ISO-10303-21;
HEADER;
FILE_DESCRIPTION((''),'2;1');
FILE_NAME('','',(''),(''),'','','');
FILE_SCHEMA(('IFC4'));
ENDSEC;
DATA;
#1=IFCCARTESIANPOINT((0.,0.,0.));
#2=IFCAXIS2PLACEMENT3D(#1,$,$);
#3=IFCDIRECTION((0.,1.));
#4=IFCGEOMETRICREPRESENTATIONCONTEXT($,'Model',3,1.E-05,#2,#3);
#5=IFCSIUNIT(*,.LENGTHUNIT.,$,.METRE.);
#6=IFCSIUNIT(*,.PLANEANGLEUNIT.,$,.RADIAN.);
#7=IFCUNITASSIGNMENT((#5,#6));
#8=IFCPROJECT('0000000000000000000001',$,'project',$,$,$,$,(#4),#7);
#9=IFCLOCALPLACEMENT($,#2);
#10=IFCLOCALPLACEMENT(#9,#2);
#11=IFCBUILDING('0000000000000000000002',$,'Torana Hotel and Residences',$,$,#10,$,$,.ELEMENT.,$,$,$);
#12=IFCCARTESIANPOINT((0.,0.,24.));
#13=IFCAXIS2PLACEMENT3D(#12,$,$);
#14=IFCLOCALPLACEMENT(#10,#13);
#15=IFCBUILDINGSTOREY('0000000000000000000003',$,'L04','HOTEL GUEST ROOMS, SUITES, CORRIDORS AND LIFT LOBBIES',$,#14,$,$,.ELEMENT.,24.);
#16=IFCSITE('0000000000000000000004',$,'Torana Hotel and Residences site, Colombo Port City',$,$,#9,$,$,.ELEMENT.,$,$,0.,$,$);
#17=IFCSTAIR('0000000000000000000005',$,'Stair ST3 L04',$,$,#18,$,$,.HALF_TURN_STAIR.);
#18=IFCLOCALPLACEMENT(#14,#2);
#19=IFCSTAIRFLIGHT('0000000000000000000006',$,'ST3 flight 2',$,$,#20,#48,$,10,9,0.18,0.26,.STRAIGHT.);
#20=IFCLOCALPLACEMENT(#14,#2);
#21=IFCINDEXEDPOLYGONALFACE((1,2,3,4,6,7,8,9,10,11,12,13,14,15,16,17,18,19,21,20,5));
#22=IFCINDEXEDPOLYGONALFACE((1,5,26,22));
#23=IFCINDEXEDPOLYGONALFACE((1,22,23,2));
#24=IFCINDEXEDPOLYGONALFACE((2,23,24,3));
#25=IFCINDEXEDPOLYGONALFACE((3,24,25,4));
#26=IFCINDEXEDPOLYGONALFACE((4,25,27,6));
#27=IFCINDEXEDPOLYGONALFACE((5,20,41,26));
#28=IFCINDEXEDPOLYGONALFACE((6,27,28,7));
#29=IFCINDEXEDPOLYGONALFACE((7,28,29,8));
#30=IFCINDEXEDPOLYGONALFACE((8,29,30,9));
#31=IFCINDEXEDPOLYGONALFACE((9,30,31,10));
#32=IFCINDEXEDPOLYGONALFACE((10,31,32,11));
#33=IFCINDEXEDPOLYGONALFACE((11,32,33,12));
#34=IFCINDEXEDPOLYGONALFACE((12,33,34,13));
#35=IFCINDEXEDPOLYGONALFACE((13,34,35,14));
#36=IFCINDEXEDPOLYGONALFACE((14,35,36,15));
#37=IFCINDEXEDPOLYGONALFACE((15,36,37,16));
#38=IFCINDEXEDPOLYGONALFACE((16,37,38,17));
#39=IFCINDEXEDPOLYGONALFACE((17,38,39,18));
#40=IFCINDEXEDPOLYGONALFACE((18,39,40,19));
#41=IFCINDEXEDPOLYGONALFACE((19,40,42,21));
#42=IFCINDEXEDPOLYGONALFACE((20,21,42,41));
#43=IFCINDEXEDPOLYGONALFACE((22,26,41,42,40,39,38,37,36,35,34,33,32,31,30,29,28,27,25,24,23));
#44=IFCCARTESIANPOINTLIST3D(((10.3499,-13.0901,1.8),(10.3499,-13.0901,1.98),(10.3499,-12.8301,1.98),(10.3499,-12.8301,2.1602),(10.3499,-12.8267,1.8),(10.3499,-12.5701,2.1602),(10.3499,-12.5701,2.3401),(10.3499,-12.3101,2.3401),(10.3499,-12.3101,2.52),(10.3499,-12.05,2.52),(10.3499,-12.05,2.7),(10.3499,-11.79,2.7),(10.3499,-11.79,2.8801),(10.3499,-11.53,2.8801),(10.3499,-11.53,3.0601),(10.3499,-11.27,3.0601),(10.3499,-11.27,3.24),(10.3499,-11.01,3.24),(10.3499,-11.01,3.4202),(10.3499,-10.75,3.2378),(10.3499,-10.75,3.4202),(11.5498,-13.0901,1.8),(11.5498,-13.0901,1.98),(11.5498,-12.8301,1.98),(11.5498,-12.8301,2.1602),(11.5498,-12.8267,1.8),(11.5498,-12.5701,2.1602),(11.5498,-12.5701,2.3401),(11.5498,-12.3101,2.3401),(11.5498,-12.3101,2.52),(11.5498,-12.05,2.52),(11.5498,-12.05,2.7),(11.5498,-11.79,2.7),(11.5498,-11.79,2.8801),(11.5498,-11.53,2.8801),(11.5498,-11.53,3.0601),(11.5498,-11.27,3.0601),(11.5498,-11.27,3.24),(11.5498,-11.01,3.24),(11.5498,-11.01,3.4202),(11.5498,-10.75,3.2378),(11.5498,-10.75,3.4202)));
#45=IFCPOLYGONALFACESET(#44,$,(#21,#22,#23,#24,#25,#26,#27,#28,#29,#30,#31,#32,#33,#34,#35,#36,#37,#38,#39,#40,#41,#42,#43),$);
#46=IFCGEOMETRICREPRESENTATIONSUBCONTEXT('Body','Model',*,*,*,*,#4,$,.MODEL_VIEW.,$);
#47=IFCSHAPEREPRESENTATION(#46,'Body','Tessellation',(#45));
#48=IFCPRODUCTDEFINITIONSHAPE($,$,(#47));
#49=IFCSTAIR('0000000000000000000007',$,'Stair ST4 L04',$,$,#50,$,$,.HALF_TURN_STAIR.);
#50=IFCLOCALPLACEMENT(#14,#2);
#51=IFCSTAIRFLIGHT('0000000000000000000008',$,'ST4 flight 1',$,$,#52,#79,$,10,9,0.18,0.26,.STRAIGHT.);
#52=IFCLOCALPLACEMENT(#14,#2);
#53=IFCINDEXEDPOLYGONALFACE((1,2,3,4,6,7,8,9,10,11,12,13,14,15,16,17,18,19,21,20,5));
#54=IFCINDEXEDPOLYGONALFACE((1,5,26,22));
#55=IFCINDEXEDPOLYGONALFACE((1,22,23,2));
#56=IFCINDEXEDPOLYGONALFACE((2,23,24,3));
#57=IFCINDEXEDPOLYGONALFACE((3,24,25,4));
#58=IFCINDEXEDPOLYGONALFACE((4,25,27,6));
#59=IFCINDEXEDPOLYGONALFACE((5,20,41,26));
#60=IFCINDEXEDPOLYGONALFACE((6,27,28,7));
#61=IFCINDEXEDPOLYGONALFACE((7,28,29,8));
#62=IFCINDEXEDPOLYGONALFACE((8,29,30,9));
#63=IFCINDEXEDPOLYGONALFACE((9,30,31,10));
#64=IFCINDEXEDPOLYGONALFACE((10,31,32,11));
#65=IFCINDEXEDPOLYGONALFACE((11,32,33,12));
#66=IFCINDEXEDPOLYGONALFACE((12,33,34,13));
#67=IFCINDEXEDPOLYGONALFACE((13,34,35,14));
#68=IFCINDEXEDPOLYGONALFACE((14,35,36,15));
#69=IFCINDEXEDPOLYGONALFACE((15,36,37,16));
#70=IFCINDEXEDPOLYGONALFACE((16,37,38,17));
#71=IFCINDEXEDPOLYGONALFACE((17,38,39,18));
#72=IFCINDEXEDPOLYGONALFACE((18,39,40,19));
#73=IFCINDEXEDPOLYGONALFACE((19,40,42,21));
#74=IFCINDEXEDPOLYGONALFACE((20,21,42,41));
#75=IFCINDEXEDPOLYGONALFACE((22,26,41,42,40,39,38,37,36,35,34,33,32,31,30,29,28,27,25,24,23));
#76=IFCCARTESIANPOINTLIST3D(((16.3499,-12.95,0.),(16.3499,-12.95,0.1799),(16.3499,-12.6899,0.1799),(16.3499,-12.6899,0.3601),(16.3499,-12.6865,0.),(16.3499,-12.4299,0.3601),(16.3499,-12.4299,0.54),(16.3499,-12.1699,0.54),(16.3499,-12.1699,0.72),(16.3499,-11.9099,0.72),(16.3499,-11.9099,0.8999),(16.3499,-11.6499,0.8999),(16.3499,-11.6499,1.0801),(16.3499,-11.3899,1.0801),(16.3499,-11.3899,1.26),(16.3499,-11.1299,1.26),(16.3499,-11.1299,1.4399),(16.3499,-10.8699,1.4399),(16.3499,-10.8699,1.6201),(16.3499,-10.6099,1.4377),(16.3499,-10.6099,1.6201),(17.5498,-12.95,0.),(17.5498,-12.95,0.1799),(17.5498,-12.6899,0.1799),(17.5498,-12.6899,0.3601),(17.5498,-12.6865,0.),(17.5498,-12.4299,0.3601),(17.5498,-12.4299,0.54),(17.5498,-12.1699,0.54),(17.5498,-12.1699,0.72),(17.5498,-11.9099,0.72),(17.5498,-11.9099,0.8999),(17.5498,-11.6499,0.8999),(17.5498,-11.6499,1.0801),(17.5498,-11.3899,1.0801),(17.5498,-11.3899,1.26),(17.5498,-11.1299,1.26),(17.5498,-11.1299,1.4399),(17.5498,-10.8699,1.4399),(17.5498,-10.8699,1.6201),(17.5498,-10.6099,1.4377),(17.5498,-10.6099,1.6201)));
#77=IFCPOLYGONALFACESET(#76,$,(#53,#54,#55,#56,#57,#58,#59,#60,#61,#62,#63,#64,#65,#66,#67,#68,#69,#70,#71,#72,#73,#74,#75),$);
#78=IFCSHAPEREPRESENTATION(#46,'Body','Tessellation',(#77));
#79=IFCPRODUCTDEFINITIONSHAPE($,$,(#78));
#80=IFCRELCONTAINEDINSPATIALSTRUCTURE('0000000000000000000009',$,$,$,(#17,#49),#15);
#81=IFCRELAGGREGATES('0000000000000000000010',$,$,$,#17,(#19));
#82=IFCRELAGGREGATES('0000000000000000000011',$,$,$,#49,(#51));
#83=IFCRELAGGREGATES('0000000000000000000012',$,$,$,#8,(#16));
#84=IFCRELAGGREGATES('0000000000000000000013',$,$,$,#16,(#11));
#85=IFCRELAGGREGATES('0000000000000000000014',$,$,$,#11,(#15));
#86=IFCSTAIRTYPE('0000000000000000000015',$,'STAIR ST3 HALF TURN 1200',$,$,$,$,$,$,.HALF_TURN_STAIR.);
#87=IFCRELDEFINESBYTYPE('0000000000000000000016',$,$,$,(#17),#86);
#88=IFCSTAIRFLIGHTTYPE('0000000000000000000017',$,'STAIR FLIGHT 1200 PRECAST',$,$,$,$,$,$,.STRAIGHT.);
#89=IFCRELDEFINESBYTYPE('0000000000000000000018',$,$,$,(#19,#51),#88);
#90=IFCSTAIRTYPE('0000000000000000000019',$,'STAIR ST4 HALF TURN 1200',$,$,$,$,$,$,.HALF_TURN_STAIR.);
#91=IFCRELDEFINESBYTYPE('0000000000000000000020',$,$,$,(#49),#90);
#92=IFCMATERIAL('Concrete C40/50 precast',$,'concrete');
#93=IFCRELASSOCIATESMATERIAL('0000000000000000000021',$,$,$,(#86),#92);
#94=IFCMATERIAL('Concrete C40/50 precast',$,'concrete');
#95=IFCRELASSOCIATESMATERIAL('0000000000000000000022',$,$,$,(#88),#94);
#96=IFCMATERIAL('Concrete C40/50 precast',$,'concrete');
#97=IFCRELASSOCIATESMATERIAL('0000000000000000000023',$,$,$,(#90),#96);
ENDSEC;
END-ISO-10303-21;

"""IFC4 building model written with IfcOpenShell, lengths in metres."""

from ifc_helpers import new_model, si_unit, direction, frame, origin, place, context, subcontext, project, spatial, polyline, outline, extrude, material, type_object, element, aggregate, save


model = new_model("IFC4")

# Units and contexts
model_context = context("Model", 3, precision=1e-05, world=origin(), true_north=direction((0.0, 1.0)))
body_context = subcontext(model_context, "Body", "Model", "MODEL_VIEW")
ifc_project = project(units=[si_unit("LENGTHUNIT", "METRE"), si_unit("PLANEANGLEUNIT", "RADIAN")], contexts=[model_context])

# Site, building, storey
site_placement = place(None, origin())
site = spatial("IfcSite", under=ifc_project, at=site_placement, Name="Torana Hotel and Residences site, Colombo Port City", CompositionType="ELEMENT", RefElevation=0.0)
building_placement = place(site_placement, origin())
building = spatial("IfcBuilding", under=site, at=building_placement, Name="Torana Hotel and Residences", CompositionType="ELEMENT")
storey_placement = place(building_placement, frame((0.0, 0.0, 24.0)))
storey = spatial("IfcBuildingStorey", under=building, at=storey_placement, Name="L04", Description="HOTEL GUEST ROOMS, SUITES, CORRIDORS AND LIFT LOBBIES", CompositionType="ELEMENT", Elevation=24.0)

# Stairs, stair flights
ifc_material_1 = material(Name="Concrete C40/50 precast", Category="concrete")
stair_type_1 = type_object("IfcStairType", Name="STAIR ST3 HALF TURN 1200", PredefinedType="HALF_TURN_STAIR", material=ifc_material_1)
stair_1_placement = place(storey_placement, origin())
stair_1 = element("IfcStair", 1, at=stair_1_placement, inside=storey, type_object=stair_type_1, Name="Stair ST3 L04", PredefinedType="HALF_TURN_STAIR")
ifc_material_2 = material(Name="Concrete C40/50 precast", Category="concrete")
stair_flight_type = type_object("IfcStairFlightType", Name="STAIR FLIGHT 1200 PRECAST", PredefinedType="STRAIGHT", material=ifc_material_2)
stair_flight_1_placement = place(storey_placement, frame((10.95, -13.0901, 1.8), z_axis=(0.0, 0.0, 1.0), x_axis=(0.0, 1.0, 0.0)))
stair_flight_1 = element("IfcStairFlight", 2, at=stair_flight_1_placement, type_object=stair_flight_type, Name="ST3 flight 2", NumberOfRisers=10, NumberOfTreads=9, PredefinedType="STRAIGHT", RiserHeight=0.18, TreadLength=0.26, context=body_context, shape_type="SweptSolid", body=[
    extrude(outline(polyline([(0.0, 0.0), (0.0, 0.1799), (0.26, 0.1799), (0.26, 0.3601), (0.52, 0.3601), (0.52, 0.54), (0.78, 0.54), (0.78, 0.72), (1.04, 0.72), (1.04, 0.8999), (1.3, 0.8999), (1.3, 1.0801), (1.5601, 1.0801), (1.5601, 1.26), (1.8201, 1.26), (1.8201, 1.4399), (2.0801, 1.4399), (2.0801, 1.6201), (2.3401, 1.6201), (2.3401, 1.8), (2.3401, 1.4377), (0.2634, 0.0), (0.0, 0.0)])), frame((0.0, 0.6001, 0.0), z_axis=(0.0, -1.0, 0.0), x_axis=(1.0, 0.0, 0.0)), (0.0, 0.0, 1.0), 1.2),
])
aggregate(stair_1, [stair_flight_1])
ifc_material_3 = material(Name="Concrete C40/50 precast", Category="concrete")
stair_type_2 = type_object("IfcStairType", Name="STAIR ST4 HALF TURN 1200", PredefinedType="HALF_TURN_STAIR", material=ifc_material_3)
stair_2_placement = place(storey_placement, origin())
stair_2 = element("IfcStair", 3, at=stair_2_placement, inside=storey, type_object=stair_type_2, Name="Stair ST4 L04", PredefinedType="HALF_TURN_STAIR")
stair_flight_2_placement = place(storey_placement, frame((16.95, -12.95, 0.0), z_axis=(0.0, 0.0, 1.0), x_axis=(0.0, 1.0, 0.0)))
stair_flight_2 = element("IfcStairFlight", 4, at=stair_flight_2_placement, type_object=stair_flight_type, Name="ST4 flight 1", NumberOfRisers=10, NumberOfTreads=9, PredefinedType="STRAIGHT", RiserHeight=0.18, TreadLength=0.26, context=body_context, shape_type="SweptSolid", body=[
    extrude(outline(polyline([(0.0, 0.0), (0.0, 0.1799), (0.26, 0.1799), (0.26, 0.3601), (0.52, 0.3601), (0.52, 0.54), (0.78, 0.54), (0.78, 0.72), (1.04, 0.72), (1.04, 0.8999), (1.3, 0.8999), (1.3, 1.0801), (1.5601, 1.0801), (1.5601, 1.26), (1.8201, 1.26), (1.8201, 1.4399), (2.0801, 1.4399), (2.0801, 1.6201), (2.3401, 1.6201), (2.3401, 1.8), (2.3401, 1.4377), (0.2634, 0.0), (0.0, 0.0)])), frame((0.0, 0.6001, 0.0), z_axis=(0.0, -1.0, 0.0), x_axis=(1.0, 0.0, 0.0)), (0.0, 0.0, 1.0), 1.2),
])
aggregate(stair_2, [stair_flight_2])

save(model, "model.ifc")
